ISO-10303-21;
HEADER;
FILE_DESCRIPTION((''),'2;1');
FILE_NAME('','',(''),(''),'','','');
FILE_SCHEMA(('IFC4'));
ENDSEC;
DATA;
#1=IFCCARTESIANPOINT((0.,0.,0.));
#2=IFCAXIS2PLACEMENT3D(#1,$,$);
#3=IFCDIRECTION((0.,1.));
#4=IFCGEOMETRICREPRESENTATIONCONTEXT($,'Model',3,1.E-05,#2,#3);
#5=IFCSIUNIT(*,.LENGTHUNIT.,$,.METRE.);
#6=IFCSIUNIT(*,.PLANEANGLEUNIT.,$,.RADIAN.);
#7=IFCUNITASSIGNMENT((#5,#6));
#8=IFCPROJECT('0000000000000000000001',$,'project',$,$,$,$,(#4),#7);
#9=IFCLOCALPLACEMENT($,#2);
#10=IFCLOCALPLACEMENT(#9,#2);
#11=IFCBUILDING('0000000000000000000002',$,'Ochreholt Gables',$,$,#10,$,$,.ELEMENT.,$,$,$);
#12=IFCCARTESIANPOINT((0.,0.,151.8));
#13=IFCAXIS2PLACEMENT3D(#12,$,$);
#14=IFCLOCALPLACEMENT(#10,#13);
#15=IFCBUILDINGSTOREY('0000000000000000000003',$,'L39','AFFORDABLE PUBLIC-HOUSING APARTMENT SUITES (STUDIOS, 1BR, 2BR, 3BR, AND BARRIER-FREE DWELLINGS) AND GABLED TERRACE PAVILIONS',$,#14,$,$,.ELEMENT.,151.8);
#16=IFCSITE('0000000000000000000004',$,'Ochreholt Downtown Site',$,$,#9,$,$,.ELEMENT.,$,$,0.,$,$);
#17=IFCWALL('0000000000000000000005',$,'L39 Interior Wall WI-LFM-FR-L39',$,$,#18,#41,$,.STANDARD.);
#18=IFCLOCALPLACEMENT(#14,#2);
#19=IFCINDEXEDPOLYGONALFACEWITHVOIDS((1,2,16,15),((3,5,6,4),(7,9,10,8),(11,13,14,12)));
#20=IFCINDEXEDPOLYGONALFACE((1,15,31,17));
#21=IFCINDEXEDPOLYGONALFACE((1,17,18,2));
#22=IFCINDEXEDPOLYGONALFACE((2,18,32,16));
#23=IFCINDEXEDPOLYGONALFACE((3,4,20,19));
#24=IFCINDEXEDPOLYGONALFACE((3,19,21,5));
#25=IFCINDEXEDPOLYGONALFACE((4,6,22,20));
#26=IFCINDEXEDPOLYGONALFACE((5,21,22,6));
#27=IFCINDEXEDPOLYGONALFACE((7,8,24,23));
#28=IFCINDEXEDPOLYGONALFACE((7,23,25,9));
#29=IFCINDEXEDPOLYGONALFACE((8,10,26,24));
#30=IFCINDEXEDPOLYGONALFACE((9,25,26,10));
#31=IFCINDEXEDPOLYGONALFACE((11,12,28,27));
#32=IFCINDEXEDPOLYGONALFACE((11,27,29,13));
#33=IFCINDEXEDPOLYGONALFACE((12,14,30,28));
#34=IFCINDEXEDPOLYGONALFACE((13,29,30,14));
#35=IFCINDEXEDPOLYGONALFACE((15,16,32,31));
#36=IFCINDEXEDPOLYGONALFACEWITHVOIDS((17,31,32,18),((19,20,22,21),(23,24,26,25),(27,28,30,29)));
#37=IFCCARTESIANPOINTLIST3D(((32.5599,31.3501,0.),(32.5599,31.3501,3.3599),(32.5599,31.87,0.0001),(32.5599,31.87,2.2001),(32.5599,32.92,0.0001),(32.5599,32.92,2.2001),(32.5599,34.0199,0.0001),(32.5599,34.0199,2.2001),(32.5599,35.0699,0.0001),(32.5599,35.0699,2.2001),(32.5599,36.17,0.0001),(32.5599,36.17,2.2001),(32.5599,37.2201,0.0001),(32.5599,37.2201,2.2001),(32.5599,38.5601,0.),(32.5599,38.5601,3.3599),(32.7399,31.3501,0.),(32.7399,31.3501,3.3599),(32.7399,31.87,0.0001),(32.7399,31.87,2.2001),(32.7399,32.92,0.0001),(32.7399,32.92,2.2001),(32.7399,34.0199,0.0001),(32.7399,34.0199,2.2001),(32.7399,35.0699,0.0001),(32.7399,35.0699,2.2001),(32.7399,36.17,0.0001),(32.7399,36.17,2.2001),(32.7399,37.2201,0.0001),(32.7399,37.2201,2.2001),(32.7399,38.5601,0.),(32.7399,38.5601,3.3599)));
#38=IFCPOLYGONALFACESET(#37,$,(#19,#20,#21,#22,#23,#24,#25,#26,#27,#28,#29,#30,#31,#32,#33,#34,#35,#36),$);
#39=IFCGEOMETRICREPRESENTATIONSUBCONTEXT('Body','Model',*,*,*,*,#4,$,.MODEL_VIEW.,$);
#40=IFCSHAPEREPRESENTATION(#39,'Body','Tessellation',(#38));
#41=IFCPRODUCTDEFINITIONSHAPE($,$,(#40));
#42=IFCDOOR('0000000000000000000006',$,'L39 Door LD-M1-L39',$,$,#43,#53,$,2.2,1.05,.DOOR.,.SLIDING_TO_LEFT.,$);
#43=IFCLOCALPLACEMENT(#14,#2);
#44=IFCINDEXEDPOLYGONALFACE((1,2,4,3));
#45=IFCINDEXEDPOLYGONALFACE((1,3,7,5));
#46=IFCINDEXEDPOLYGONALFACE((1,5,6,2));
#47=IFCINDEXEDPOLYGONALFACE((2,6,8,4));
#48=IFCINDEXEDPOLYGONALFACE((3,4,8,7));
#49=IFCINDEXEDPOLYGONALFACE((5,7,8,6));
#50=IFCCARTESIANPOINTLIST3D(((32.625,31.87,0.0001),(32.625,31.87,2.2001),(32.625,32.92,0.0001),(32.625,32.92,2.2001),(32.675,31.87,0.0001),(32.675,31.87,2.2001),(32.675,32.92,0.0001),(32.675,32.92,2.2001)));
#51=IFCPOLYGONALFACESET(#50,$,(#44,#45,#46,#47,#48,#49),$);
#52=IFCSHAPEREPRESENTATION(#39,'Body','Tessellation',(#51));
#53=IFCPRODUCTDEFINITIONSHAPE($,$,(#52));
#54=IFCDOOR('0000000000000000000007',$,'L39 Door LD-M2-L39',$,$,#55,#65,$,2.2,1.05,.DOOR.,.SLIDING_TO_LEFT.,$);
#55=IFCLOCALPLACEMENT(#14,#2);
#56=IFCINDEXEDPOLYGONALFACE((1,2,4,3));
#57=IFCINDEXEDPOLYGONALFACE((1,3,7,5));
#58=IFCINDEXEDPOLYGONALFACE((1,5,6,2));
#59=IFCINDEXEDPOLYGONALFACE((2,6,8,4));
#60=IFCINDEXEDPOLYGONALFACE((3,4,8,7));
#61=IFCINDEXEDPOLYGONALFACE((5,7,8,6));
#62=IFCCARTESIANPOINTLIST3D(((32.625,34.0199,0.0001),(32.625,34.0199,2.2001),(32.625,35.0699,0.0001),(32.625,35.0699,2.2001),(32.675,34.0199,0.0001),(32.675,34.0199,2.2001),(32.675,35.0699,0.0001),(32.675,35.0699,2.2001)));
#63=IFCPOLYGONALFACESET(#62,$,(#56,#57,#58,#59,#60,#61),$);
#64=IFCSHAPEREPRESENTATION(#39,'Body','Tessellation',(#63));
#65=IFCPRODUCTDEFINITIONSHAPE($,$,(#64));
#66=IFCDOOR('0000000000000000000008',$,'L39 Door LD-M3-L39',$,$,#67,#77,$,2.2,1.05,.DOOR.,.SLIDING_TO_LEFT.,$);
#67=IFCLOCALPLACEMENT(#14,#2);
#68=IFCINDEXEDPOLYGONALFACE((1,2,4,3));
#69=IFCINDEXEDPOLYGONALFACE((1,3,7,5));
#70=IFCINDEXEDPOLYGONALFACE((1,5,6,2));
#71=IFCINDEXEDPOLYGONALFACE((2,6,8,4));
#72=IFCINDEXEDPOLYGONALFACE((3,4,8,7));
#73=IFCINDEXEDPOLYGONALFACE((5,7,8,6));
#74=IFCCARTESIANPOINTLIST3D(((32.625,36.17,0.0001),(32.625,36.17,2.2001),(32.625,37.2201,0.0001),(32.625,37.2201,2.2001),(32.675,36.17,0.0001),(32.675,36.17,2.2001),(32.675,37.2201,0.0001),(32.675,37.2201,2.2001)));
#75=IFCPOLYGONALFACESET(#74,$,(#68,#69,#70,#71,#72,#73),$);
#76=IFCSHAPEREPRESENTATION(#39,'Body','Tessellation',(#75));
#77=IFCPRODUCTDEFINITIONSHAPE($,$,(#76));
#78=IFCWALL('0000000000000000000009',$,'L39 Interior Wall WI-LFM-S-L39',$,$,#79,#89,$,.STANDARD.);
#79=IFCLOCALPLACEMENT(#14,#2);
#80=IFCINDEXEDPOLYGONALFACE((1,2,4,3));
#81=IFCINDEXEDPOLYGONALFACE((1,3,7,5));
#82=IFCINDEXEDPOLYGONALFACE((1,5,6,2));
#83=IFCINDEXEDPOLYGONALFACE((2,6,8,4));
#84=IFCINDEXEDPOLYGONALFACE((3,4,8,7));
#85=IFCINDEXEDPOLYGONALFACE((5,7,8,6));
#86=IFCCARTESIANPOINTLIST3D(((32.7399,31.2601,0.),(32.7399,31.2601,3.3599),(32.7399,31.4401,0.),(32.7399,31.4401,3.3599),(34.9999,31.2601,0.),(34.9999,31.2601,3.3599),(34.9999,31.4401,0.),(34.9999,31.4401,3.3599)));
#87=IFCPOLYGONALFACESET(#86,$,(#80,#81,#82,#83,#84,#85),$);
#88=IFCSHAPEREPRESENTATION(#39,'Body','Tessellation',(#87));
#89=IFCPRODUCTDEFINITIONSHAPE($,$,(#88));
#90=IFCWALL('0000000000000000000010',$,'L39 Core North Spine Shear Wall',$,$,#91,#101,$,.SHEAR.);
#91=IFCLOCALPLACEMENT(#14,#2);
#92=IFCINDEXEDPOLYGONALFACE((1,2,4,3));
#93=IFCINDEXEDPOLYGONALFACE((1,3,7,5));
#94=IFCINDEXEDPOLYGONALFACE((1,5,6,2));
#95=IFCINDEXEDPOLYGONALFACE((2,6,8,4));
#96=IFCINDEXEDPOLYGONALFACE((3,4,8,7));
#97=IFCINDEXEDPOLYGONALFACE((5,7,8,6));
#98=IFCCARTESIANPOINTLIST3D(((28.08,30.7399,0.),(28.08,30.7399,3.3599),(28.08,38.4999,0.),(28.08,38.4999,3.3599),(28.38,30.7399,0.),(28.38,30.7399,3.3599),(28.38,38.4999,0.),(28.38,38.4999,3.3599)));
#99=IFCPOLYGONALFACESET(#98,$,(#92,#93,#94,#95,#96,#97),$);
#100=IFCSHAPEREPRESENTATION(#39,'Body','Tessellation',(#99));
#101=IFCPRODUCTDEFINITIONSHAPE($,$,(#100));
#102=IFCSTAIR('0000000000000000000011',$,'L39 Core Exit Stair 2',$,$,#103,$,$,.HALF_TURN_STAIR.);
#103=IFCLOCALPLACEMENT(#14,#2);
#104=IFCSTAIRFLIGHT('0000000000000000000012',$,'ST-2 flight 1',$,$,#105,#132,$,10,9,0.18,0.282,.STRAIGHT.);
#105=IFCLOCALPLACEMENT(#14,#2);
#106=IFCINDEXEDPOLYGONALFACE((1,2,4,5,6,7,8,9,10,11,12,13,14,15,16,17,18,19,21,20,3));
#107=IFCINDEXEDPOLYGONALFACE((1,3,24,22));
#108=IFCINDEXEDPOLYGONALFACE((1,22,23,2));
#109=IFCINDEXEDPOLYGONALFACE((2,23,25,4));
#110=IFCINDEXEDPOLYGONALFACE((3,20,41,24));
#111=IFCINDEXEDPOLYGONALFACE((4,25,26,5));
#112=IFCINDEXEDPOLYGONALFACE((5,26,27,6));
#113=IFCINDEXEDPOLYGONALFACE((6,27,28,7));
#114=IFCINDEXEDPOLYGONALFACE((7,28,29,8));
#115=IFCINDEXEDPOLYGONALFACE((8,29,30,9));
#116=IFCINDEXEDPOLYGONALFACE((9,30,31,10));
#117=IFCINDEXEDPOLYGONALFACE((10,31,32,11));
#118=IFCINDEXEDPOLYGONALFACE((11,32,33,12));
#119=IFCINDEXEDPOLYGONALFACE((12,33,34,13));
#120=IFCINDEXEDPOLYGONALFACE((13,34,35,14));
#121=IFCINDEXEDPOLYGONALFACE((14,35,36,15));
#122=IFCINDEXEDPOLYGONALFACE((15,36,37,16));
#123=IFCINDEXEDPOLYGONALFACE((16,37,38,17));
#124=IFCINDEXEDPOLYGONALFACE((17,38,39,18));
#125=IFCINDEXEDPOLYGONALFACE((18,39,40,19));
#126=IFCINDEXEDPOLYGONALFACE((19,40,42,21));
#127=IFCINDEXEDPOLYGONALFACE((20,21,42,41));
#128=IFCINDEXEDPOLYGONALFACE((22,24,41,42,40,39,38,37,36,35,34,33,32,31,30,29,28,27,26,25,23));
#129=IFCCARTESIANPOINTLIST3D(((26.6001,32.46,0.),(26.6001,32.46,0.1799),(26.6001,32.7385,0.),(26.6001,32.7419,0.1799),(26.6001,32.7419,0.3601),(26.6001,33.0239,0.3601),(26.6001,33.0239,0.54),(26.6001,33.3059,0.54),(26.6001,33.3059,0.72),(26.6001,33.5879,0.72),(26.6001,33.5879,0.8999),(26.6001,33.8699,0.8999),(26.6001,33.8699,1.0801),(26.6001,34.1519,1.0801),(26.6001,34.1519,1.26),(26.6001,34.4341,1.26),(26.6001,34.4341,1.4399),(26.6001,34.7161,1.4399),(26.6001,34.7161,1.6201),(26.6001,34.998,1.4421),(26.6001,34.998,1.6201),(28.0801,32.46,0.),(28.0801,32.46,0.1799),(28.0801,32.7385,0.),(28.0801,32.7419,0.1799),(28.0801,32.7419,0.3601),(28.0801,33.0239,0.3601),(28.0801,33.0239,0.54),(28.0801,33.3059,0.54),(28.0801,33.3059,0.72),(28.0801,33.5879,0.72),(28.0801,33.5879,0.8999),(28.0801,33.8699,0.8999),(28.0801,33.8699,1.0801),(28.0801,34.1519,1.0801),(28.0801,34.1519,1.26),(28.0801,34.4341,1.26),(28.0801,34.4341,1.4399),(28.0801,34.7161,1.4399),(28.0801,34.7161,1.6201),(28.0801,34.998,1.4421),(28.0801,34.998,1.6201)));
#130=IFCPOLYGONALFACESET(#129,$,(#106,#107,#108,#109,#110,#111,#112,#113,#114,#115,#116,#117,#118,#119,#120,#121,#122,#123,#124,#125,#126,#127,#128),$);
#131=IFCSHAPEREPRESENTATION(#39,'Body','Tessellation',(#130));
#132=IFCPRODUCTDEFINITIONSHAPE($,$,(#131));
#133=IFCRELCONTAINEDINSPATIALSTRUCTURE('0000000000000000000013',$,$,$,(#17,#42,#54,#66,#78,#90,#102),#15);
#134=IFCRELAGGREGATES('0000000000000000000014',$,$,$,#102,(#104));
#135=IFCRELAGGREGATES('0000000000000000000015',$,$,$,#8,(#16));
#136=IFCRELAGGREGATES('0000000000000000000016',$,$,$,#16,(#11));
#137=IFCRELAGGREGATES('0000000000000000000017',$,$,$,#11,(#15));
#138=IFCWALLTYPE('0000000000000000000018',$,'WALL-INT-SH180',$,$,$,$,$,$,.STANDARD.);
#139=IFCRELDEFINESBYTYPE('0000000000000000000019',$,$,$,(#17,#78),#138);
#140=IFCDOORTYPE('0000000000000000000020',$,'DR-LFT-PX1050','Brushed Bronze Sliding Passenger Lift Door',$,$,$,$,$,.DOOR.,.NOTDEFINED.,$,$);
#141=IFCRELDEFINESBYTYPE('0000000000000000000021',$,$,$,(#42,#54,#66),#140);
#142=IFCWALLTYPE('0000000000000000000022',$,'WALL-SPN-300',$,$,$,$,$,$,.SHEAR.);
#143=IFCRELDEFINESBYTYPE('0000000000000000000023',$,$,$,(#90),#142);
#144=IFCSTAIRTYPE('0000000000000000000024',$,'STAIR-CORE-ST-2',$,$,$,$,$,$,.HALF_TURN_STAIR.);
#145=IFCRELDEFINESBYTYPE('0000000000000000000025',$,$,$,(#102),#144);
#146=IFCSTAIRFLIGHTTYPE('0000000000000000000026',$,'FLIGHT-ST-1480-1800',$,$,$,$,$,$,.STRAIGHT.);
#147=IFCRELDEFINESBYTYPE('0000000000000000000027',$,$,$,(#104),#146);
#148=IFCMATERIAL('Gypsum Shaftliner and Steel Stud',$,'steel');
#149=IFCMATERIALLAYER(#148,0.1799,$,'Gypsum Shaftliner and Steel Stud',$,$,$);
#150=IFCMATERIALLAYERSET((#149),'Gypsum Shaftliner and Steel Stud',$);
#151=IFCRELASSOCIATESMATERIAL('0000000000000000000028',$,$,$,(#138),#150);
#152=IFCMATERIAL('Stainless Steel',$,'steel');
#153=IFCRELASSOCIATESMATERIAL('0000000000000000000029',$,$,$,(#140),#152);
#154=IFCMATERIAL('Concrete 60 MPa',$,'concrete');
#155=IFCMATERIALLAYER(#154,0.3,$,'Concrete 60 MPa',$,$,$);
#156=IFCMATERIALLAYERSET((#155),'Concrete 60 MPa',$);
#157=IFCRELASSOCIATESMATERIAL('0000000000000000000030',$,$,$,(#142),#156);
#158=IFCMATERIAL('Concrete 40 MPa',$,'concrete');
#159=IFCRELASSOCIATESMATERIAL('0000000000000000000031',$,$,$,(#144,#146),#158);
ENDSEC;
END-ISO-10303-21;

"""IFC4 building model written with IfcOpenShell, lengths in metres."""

from ifc_helpers import new_model, si_unit, direction, frame, frame_2d, origin, place, context, subcontext, project, spatial, polyline, rectangle, outline, extrude, material, layer, layer_set, type_object, element, fill, aggregate, save


model = new_model("IFC4")

# Units and contexts
model_context = context("Model", 3, precision=1e-05, world=origin(), true_north=direction((0.0, 1.0)))
body_context = subcontext(model_context, "Body", "Model", "MODEL_VIEW")
ifc_project = project(units=[si_unit("LENGTHUNIT", "METRE"), si_unit("PLANEANGLEUNIT", "RADIAN")], contexts=[model_context])

# Site, building, storey
site_placement = place(None, origin())
site = spatial("IfcSite", under=ifc_project, at=site_placement, Name="Ochreholt Downtown Site", CompositionType="ELEMENT", RefElevation=0.0)
building_placement = place(site_placement, origin())
building = spatial("IfcBuilding", under=site, at=building_placement, Name="Ochreholt Gables", CompositionType="ELEMENT")
storey_placement = place(building_placement, frame((0.0, 0.0, 151.8)))
storey = spatial("IfcBuildingStorey", under=building, at=storey_placement, Name="L39", Description="AFFORDABLE PUBLIC-HOUSING APARTMENT SUITES (STUDIOS, 1BR, 2BR, 3BR, AND BARRIER-FREE DWELLINGS) AND GABLED TERRACE PAVILIONS", CompositionType="ELEMENT", Elevation=151.8)

# Shared definitions
ifc_material_1 = material(Name="Concrete 40 MPa", Category="concrete")

# Shared definitions
ifc_material_2 = material(Name="Gypsum Shaftliner and Steel Stud", Category="steel")
ifc_layer_1 = layer(ifc_material_2, 0.1799, Name="Gypsum Shaftliner and Steel Stud")
ifc_layer_set_1 = layer_set([ifc_layer_1], Name="Gypsum Shaftliner and Steel Stud")
wall_type_1 = type_object("IfcWallType", Name="WALL-INT-SH180", PredefinedType="STANDARD", material=ifc_layer_set_1)

# Wall, openings, doors
wall_1_placement = place(storey_placement, frame((32.6499, 31.3501, 0.0), z_axis=(0.0, 0.0, 1.0), x_axis=(0.0, 1.0, 0.0)))
wall_1 = element("IfcWall", 1, at=wall_1_placement, inside=storey, type_object=wall_type_1, Name="L39 Interior Wall WI-LFM-FR-L39", PredefinedType="STANDARD", context=body_context, shape_type="SweptSolid", body=[
    extrude(rectangle(XDim=7.21, YDim=0.1799, at=frame_2d((3.605, 0.0))), origin(), (0.0, 0.0, 1.0), 3.3599),
])
opening_1_placement = place(wall_1_placement, frame((0.52, 0.0, 0.0)))
opening_1 = element("IfcOpeningElement", 2, at=opening_1_placement, cuts=wall_1, PredefinedType="OPENING", context=body_context, shape_type="SweptSolid", body=[
    extrude(rectangle(XDim=1.05, YDim=2.2, at=frame_2d((0.5249, 1.1001))), frame((0.0, 0.0999, 0.0), z_axis=(0.0, -1.0, 0.0), x_axis=(1.0, 0.0, 0.0)), (0.0, 0.0, 1.0), 0.2),
])
opening_2_placement = place(wall_1_placement, frame((2.6699, 0.0, 0.0)))
opening_2 = element("IfcOpeningElement", 3, at=opening_2_placement, cuts=wall_1, PredefinedType="OPENING", context=body_context, shape_type="SweptSolid", body=[
    extrude(rectangle(XDim=1.05, YDim=2.2, at=frame_2d((0.5249, 1.1001))), frame((0.0, 0.0999, 0.0), z_axis=(0.0, -1.0, 0.0), x_axis=(1.0, 0.0, 0.0)), (0.0, 0.0, 1.0), 0.2),
])
opening_3_placement = place(wall_1_placement, frame((4.8201, 0.0, 0.0)))
opening_3 = element("IfcOpeningElement", 4, at=opening_3_placement, cuts=wall_1, PredefinedType="OPENING", context=body_context, shape_type="SweptSolid", body=[
    extrude(rectangle(XDim=1.05, YDim=2.2, at=frame_2d((0.5249, 1.1001))), frame((0.0, 0.0999, 0.0), z_axis=(0.0, -1.0, 0.0), x_axis=(1.0, 0.0, 0.0)), (0.0, 0.0, 1.0), 0.2),
])
ifc_material_3 = material(Name="Stainless Steel", Category="steel")
door_type_1 = type_object("IfcDoorType", Name="DR-LFT-PX1050", Description="Brushed Bronze Sliding Passenger Lift Door", OperationType="NOTDEFINED", PredefinedType="DOOR", material=ifc_material_3)
door_1_placement = place(opening_1_placement, origin())
door_1 = element("IfcDoor", 5, at=door_1_placement, inside=storey, type_object=door_type_1, Name="L39 Door LD-M1-L39", OperationType="SLIDING_TO_LEFT", OverallHeight=2.2, OverallWidth=1.05, PredefinedType="DOOR", context=body_context, shape_type="SweptSolid", body=[
    extrude(rectangle(XDim=1.05, YDim=2.2, at=frame_2d((0.5249, 1.1001))), frame((0.0, 0.0249, 0.0), z_axis=(0.0, -1.0, 0.0), x_axis=(1.0, 0.0, 0.0)), (0.0, 0.0, 1.0), 0.05),
])
fill(opening_1, door_1)
door_2_placement = place(opening_2_placement, origin())
door_2 = element("IfcDoor", 6, at=door_2_placement, inside=storey, type_object=door_type_1, Name="L39 Door LD-M2-L39", OperationType="SLIDING_TO_LEFT", OverallHeight=2.2, OverallWidth=1.05, PredefinedType="DOOR", context=body_context, shape_type="SweptSolid", body=[
    extrude(rectangle(XDim=1.05, YDim=2.2, at=frame_2d((0.5249, 1.1001))), frame((0.0, 0.0249, 0.0), z_axis=(0.0, -1.0, 0.0), x_axis=(1.0, 0.0, 0.0)), (0.0, 0.0, 1.0), 0.05),
])
fill(opening_2, door_2)
door_3_placement = place(opening_3_placement, origin())
door_3 = element("IfcDoor", 7, at=door_3_placement, inside=storey, type_object=door_type_1, Name="L39 Door LD-M3-L39", OperationType="SLIDING_TO_LEFT", OverallHeight=2.2, OverallWidth=1.05, PredefinedType="DOOR", context=body_context, shape_type="SweptSolid", body=[
    extrude(rectangle(XDim=1.05, YDim=2.2, at=frame_2d((0.5249, 1.1001))), frame((0.0, 0.0249, 0.0), z_axis=(0.0, -1.0, 0.0), x_axis=(1.0, 0.0, 0.0)), (0.0, 0.0, 1.0), 0.05),
])
fill(opening_3, door_3)

# Walls
wall_2_placement = place(storey_placement, frame((32.74, 31.3501, 0.0), z_axis=(0.0, 0.0, 1.0), x_axis=(1.0, 0.0, 0.0)))
element("IfcWall", 8, at=wall_2_placement, inside=storey, type_object=wall_type_1, Name="L39 Interior Wall WI-LFM-S-L39", PredefinedType="STANDARD", context=body_context, shape_type="SweptSolid", body=[
    extrude(rectangle(XDim=2.26, YDim=0.1799, at=frame_2d((1.1299, 0.0))), origin(), (0.0, 0.0, 1.0), 3.3599),
])
ifc_material_4 = material(Name="Concrete 60 MPa", Category="concrete")
ifc_layer_2 = layer(ifc_material_4, 0.3, Name="Concrete 60 MPa")
ifc_layer_set_2 = layer_set([ifc_layer_2], Name="Concrete 60 MPa")
wall_type_2 = type_object("IfcWallType", Name="WALL-SPN-300", PredefinedType="SHEAR", material=ifc_layer_set_2)
wall_3_placement = place(storey_placement, frame((28.23, 30.74, 0.0), z_axis=(0.0, 0.0, 1.0), x_axis=(0.0, 1.0, 0.0)))
element("IfcWall", 9, at=wall_3_placement, inside=storey, type_object=wall_type_2, Name="L39 Core North Spine Shear Wall", PredefinedType="SHEAR", context=body_context, shape_type="SweptSolid", body=[
    extrude(rectangle(XDim=7.76, YDim=0.3, at=frame_2d((3.8799, 0.0))), origin(), (0.0, 0.0, 1.0), 3.3599),
])

# Stair, stair flight
stair_type = type_object("IfcStairType", Name="STAIR-CORE-ST-2", PredefinedType="HALF_TURN_STAIR", material=ifc_material_1)
stair_placement = place(storey_placement, origin())
stair = element("IfcStair", 10, at=stair_placement, inside=storey, type_object=stair_type, Name="L39 Core Exit Stair 2", PredefinedType="HALF_TURN_STAIR")
stair_flight_type = type_object("IfcStairFlightType", Name="FLIGHT-ST-1480-1800", PredefinedType="STRAIGHT", material=ifc_material_1)
stair_flight_placement = place(storey_placement, frame((27.3401, 32.46, 0.0), z_axis=(0.0, 0.0, 1.0), x_axis=(0.0, 1.0, 0.0)))
stair_flight = element("IfcStairFlight", 11, at=stair_flight_placement, type_object=stair_flight_type, Name="ST-2 flight 1", NumberOfRisers=10, NumberOfTreads=9, PredefinedType="STRAIGHT", RiserHeight=0.18, TreadLength=0.282, context=body_context, shape_type="SweptSolid", body=[
    extrude(outline(polyline([(0.0, 0.0), (0.0, 0.1799), (0.282, 0.1799), (0.282, 0.3601), (0.564, 0.3601), (0.564, 0.54), (0.8459, 0.54), (0.8459, 0.72), (1.1279, 0.72), (1.1279, 0.8999), (1.4099, 0.8999), (1.4099, 1.0801), (1.6919, 1.0801), (1.6919, 1.26), (1.9741, 1.26), (1.9741, 1.4399), (2.2561, 1.4399), (2.2561, 1.6201), (2.5381, 1.6201), (2.5381, 1.8), (2.5381, 1.4421), (0.2786, 0.0), (0.0, 0.0)])), frame((0.0, 0.74, 0.0), z_axis=(0.0, -1.0, 0.0), x_axis=(1.0, 0.0, 0.0)), (0.0, 0.0, 1.0), 1.48),
])
aggregate(stair, [stair_flight])

save(model, "model.ifc")
